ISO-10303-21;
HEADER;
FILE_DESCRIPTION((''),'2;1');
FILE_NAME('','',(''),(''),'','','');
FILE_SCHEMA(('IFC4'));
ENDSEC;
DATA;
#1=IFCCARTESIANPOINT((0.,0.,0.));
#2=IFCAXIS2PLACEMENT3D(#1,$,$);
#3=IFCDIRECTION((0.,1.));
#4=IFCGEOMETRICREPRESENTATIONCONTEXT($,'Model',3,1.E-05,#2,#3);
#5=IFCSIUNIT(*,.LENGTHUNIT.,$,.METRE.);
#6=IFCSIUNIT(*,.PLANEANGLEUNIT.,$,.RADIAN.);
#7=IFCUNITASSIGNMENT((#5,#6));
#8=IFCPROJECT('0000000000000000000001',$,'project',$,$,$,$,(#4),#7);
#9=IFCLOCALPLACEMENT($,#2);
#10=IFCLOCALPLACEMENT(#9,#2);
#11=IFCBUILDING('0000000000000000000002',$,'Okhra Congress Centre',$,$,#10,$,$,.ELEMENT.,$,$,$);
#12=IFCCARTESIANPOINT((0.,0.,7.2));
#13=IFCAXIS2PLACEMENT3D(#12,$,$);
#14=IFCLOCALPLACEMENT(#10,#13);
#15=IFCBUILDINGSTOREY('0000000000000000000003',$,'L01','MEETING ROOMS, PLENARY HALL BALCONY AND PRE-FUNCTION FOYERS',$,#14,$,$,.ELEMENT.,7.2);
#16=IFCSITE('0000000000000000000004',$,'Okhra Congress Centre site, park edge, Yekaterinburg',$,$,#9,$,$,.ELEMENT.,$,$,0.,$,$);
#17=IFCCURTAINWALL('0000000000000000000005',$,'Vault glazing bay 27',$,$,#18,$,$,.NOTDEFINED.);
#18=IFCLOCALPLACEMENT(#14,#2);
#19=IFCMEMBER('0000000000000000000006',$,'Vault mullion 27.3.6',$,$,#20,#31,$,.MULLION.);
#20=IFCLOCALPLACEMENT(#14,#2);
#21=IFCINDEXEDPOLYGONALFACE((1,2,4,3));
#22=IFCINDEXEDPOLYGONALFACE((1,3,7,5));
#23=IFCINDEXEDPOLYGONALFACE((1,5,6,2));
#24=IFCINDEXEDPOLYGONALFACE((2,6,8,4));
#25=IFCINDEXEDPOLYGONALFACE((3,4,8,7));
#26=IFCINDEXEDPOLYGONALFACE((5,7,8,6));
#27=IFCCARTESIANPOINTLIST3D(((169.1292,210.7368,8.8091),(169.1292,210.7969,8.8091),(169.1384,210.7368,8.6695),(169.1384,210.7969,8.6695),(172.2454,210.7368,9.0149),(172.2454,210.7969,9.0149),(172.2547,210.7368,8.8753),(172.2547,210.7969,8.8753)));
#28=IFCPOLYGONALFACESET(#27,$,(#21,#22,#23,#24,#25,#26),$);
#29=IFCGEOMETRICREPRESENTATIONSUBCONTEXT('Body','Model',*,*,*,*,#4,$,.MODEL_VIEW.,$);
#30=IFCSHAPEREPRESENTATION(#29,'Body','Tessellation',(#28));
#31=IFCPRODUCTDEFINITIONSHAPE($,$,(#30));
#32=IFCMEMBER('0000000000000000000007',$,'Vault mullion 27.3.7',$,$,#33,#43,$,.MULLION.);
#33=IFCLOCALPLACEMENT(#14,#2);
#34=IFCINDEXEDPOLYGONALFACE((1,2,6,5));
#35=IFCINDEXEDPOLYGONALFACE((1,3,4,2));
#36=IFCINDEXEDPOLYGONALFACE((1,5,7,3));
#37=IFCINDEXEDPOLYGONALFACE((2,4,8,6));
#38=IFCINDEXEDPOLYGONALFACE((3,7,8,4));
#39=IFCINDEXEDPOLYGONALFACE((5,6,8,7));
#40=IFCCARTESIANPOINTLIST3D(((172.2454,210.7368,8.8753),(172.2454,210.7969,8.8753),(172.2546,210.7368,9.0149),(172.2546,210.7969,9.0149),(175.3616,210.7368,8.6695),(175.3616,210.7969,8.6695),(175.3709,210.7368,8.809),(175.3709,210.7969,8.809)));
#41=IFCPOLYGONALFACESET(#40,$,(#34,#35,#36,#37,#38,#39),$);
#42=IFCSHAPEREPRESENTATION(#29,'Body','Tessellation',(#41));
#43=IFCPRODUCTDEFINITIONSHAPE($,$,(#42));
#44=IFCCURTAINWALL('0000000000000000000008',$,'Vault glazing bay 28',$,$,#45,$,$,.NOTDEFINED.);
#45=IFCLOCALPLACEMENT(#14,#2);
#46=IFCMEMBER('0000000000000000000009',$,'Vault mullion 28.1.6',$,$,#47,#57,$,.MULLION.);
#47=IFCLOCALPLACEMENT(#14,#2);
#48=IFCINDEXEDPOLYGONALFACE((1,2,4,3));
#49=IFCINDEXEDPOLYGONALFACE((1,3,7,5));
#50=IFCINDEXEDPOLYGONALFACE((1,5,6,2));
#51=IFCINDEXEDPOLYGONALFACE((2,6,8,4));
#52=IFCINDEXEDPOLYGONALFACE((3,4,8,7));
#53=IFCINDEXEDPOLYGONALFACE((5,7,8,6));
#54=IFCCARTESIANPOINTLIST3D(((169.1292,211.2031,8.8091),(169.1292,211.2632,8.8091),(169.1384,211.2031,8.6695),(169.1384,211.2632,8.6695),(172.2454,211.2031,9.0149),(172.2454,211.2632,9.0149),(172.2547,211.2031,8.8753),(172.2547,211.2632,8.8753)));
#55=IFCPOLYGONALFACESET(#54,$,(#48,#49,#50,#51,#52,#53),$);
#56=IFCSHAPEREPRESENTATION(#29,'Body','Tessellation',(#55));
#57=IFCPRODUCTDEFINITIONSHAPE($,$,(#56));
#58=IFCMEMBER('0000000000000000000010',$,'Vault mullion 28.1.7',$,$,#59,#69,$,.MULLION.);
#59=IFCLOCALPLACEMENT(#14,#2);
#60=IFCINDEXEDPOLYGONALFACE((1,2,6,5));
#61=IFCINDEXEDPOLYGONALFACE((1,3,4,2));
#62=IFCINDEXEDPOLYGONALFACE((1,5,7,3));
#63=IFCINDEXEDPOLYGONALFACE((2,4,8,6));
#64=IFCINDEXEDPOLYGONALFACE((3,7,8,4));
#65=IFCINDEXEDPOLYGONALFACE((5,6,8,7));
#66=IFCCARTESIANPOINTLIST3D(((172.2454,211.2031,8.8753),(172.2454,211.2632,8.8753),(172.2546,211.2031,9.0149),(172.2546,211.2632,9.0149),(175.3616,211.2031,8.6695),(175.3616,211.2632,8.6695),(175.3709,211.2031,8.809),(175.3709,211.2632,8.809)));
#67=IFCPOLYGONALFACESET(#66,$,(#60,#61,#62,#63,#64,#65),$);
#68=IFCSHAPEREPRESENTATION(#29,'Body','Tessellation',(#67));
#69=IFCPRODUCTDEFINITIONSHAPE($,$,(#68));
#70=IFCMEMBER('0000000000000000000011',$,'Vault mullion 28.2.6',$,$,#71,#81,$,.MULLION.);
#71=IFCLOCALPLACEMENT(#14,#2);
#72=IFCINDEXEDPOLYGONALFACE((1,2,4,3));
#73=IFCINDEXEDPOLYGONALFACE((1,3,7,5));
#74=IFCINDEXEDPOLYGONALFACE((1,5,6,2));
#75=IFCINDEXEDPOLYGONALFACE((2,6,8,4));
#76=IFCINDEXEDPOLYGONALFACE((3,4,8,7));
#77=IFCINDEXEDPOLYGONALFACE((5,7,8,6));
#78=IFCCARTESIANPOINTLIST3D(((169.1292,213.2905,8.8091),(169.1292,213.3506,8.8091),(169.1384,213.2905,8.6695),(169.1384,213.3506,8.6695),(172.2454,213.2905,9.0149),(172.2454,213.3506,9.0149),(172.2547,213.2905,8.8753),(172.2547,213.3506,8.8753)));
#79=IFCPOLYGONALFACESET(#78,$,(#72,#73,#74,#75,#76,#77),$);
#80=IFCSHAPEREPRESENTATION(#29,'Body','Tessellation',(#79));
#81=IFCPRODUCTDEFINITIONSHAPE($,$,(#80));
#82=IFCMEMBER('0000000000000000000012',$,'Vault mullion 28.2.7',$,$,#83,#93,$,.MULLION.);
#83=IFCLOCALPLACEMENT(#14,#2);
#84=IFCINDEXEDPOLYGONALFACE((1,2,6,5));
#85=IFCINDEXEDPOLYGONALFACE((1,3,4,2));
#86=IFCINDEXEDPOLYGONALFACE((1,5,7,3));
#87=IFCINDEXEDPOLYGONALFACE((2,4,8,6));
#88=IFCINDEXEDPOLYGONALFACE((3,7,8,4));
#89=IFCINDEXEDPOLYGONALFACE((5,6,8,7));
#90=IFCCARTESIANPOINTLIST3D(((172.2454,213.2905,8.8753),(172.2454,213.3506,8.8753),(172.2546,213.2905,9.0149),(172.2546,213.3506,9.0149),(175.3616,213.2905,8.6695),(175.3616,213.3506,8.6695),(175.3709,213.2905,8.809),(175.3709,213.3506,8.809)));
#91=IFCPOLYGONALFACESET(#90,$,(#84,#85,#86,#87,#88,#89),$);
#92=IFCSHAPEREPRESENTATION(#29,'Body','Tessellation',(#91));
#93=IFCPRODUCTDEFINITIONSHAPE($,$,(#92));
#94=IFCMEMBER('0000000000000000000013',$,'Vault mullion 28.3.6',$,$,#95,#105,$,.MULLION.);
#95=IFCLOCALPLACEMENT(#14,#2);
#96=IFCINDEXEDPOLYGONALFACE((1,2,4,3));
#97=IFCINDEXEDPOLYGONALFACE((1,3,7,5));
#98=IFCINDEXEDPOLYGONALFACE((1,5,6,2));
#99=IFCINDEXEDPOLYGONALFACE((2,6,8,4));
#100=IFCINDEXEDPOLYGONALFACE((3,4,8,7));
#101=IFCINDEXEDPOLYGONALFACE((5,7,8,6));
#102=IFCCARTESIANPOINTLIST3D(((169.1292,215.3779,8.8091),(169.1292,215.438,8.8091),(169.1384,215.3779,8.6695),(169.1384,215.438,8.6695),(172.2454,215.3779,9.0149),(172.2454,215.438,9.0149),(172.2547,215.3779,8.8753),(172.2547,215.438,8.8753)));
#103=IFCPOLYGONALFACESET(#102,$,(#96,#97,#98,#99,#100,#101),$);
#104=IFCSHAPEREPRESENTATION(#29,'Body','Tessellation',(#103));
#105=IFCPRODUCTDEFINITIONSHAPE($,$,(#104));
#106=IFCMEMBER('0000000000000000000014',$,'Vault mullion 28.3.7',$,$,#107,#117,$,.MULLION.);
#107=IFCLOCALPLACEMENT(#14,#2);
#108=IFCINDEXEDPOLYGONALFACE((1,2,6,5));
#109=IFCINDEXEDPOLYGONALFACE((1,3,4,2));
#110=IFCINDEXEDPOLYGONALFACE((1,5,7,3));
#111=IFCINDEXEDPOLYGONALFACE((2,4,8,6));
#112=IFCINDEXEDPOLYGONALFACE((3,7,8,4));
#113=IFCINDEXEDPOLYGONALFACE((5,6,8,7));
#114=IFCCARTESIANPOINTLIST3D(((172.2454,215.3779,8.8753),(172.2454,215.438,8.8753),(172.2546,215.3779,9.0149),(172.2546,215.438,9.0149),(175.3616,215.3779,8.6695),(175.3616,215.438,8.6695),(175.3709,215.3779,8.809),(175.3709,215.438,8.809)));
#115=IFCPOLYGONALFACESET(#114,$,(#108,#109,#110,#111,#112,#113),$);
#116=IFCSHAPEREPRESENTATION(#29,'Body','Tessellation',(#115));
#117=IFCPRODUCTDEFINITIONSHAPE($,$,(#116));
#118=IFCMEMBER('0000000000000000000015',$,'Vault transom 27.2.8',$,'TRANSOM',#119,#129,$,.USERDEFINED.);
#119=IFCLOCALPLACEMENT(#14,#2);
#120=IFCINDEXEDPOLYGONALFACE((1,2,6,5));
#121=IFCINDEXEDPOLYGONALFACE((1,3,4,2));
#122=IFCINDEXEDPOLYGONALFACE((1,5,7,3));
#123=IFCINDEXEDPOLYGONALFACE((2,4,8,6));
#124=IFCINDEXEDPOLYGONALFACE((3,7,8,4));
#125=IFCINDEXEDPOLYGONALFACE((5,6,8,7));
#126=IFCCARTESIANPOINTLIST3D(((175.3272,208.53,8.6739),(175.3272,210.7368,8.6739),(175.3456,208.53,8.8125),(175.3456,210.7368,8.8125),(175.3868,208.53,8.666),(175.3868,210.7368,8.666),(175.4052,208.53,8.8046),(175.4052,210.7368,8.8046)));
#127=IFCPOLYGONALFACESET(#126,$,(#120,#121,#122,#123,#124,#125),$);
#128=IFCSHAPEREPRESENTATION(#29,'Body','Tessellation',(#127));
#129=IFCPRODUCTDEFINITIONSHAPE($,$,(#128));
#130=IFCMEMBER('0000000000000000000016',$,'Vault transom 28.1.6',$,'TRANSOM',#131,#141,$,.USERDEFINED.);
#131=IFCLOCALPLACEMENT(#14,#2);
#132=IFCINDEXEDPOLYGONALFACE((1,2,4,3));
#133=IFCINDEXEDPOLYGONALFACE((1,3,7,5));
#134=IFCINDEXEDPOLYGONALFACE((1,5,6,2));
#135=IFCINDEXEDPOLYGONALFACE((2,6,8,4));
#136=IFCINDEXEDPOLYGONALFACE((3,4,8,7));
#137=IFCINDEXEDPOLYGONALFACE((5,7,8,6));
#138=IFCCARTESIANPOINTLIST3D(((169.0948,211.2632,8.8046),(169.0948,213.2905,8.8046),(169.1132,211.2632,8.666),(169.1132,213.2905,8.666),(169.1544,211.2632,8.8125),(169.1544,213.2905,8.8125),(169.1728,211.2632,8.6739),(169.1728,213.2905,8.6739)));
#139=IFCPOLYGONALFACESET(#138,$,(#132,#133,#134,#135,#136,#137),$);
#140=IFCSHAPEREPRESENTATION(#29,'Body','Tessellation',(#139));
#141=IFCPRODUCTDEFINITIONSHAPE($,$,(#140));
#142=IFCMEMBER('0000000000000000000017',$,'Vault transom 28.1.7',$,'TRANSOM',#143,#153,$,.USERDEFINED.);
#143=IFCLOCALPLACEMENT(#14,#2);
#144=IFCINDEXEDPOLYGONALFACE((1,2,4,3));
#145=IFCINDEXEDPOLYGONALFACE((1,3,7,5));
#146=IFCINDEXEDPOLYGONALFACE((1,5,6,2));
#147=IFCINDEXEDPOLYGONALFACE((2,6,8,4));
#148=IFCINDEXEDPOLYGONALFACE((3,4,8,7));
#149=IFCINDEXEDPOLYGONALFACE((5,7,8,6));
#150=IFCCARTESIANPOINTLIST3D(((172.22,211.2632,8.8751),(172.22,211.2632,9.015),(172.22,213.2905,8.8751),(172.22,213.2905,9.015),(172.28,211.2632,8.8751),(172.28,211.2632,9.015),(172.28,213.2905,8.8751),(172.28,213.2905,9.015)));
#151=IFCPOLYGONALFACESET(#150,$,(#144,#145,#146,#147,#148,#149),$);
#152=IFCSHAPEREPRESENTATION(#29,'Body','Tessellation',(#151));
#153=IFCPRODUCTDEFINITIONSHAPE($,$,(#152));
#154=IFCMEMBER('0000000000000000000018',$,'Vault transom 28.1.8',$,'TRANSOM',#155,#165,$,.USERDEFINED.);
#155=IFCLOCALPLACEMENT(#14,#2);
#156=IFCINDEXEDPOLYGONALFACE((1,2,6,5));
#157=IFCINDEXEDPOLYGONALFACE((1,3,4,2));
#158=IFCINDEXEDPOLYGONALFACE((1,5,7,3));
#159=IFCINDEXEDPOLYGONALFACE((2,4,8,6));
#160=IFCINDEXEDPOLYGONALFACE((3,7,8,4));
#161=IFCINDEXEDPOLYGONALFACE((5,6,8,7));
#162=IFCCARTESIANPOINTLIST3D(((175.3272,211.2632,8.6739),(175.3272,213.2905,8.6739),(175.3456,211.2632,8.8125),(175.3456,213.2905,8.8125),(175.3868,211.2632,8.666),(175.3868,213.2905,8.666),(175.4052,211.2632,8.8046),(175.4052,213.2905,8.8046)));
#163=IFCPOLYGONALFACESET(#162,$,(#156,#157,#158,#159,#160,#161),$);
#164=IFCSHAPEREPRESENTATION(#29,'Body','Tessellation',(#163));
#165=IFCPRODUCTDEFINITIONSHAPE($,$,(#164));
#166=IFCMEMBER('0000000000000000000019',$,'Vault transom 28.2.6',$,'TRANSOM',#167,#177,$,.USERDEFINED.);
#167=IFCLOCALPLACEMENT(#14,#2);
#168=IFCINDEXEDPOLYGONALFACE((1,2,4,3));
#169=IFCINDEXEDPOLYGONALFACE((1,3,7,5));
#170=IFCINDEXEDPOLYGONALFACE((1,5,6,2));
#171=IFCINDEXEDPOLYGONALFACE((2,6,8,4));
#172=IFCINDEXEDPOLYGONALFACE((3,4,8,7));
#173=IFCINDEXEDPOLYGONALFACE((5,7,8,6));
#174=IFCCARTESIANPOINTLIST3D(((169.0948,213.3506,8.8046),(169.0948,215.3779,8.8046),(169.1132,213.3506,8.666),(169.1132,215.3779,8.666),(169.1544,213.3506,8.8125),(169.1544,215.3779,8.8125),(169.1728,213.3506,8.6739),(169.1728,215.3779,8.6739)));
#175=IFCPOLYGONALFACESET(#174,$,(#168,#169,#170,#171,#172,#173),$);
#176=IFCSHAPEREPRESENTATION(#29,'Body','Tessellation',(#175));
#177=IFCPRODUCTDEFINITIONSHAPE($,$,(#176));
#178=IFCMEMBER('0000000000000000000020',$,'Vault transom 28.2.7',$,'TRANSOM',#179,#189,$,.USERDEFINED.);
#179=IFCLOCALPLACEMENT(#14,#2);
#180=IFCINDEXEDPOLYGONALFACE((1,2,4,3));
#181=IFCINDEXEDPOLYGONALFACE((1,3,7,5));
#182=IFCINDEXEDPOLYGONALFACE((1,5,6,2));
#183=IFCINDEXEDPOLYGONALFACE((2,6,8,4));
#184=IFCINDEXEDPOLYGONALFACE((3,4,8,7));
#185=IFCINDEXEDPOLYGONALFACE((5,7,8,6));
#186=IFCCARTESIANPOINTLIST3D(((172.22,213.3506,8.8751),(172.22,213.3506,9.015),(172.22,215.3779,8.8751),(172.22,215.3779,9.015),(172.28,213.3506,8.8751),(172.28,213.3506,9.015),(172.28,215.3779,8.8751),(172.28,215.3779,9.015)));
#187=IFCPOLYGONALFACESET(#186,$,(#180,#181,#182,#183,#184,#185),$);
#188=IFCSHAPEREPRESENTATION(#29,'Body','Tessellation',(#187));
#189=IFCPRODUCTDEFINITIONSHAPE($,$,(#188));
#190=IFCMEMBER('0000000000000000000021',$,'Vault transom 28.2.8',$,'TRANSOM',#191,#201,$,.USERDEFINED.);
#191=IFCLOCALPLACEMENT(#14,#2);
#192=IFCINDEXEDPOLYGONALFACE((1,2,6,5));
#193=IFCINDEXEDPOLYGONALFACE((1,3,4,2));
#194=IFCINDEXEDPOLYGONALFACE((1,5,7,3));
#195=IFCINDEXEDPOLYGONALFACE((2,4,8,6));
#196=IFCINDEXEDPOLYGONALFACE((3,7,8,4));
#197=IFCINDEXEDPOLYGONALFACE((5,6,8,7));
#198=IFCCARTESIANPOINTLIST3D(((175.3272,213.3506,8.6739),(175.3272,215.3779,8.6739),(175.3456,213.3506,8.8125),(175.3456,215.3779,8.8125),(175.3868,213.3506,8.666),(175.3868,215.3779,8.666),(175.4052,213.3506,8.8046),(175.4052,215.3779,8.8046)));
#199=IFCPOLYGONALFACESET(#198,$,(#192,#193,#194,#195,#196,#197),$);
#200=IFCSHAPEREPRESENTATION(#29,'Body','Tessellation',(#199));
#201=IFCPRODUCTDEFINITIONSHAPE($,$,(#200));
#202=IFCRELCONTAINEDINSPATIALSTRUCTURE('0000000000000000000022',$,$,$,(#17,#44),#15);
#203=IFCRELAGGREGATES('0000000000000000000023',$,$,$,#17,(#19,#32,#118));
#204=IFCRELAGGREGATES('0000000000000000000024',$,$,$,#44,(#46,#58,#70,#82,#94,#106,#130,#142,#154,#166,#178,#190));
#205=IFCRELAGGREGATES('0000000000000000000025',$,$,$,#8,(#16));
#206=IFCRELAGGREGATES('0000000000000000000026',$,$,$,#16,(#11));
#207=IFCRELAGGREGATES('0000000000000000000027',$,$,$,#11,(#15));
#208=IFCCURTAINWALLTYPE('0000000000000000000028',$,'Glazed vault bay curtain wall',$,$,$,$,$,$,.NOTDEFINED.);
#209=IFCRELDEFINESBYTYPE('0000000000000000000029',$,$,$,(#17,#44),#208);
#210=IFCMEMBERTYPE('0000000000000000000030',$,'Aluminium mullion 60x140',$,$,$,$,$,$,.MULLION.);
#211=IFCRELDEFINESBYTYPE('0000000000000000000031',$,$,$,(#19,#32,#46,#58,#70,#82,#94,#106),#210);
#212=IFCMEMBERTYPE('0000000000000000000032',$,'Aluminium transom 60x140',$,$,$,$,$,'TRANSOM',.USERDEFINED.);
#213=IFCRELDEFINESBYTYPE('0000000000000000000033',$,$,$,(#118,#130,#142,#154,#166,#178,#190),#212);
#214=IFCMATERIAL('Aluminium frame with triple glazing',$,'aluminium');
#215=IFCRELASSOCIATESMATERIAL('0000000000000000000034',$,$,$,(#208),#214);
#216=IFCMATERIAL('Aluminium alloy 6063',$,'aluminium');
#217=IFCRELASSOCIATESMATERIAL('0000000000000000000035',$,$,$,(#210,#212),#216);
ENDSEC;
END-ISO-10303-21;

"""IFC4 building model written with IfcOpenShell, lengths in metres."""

from ifc_helpers import new_model, si_unit, direction, frame, origin, origin_2d, place, context, subcontext, project, spatial, rectangle, extrude, material, material_profile, profile_set, type_object, element, aggregate, save


model = new_model("IFC4")

# Units and contexts
model_context = context("Model", 3, precision=1e-05, world=origin(), true_north=direction((0.0, 1.0)))
body_context = subcontext(model_context, "Body", "Model", "MODEL_VIEW")
ifc_project = project(units=[si_unit("LENGTHUNIT", "METRE"), si_unit("PLANEANGLEUNIT", "RADIAN")], contexts=[model_context])

# Site, building, storey
site_placement = place(None, origin())
site = spatial("IfcSite", under=ifc_project, at=site_placement, Name="Okhra Congress Centre site, park edge, Yekaterinburg", CompositionType="ELEMENT", RefElevation=0.0)
building_placement = place(site_placement, origin())
building = spatial("IfcBuilding", under=site, at=building_placement, Name="Okhra Congress Centre", CompositionType="ELEMENT")
storey_placement = place(building_placement, frame((0.0, 0.0, 7.2)))
storey = spatial("IfcBuildingStorey", under=building, at=storey_placement, Name="L01", Description="MEETING ROOMS, PLENARY HALL BALCONY AND PRE-FUNCTION FOYERS", CompositionType="ELEMENT", Elevation=7.2)

# Curtain walls, members
ifc_material_1 = material(Name="Aluminium frame with triple glazing", Category="aluminium")
curtain_wall_type = type_object("IfcCurtainWallType", Name="Glazed vault bay curtain wall", PredefinedType="NOTDEFINED", material=ifc_material_1)
curtain_wall_1_placement = place(storey_placement, origin())
curtain_wall_1 = element("IfcCurtainWall", 1, at=curtain_wall_1_placement, inside=storey, type_object=curtain_wall_type, Name="Vault glazing bay 27", PredefinedType="NOTDEFINED")
ifc_material_2 = material(Name="Aluminium alloy 6063", Category="aluminium")
ifc_material_profile_1 = material_profile(ifc_material_2, rectangle(XDim=0.0601, YDim=0.1399, at=origin_2d()), Name="AL 60x140")
ifc_profile_set_1 = profile_set([ifc_material_profile_1], Name="Aluminium alloy 6063")
member_type_1 = type_object("IfcMemberType", Name="Aluminium mullion 60x140", PredefinedType="MULLION", material=ifc_profile_set_1)
member_1_placement = place(storey_placement, frame((169.1338, 210.7668, 8.7393), z_axis=(0.997826, 0.0, 0.065902), x_axis=(0.0, 1.0, 0.0)))
member_1 = element("IfcMember", 2, at=member_1_placement, type_object=member_type_1, Name="Vault mullion 27.3.6", PredefinedType="MULLION", context=body_context, shape_type="SweptSolid", body=[
    extrude(rectangle(XDim=0.0601, YDim=0.1399, at=origin_2d()), origin(), (0.0, 0.0, 1.0), 3.123),
])
member_2_placement = place(storey_placement, frame((172.25, 210.7668, 8.9451), z_axis=(0.997826, 0.0, -0.065902), x_axis=(0.0, 1.0, 0.0)))
member_2 = element("IfcMember", 3, at=member_2_placement, type_object=member_type_1, Name="Vault mullion 27.3.7", PredefinedType="MULLION", context=body_context, shape_type="SweptSolid", body=[
    extrude(rectangle(XDim=0.0601, YDim=0.1399, at=origin_2d()), origin(), (0.0, 0.0, 1.0), 3.123),
])
curtain_wall_2_placement = place(storey_placement, origin())
curtain_wall_2 = element("IfcCurtainWall", 4, at=curtain_wall_2_placement, inside=storey, type_object=curtain_wall_type, Name="Vault glazing bay 28", PredefinedType="NOTDEFINED")
member_3_placement = place(storey_placement, frame((169.1338, 211.2332, 8.7393), z_axis=(0.997826, 0.0, 0.065902), x_axis=(0.0, 1.0, 0.0)))
member_3 = element("IfcMember", 5, at=member_3_placement, type_object=member_type_1, Name="Vault mullion 28.1.6", PredefinedType="MULLION", context=body_context, shape_type="SweptSolid", body=[
    extrude(rectangle(XDim=0.0601, YDim=0.1399, at=origin_2d()), origin(), (0.0, 0.0, 1.0), 3.123),
])
member_4_placement = place(storey_placement, frame((172.25, 211.2332, 8.9451), z_axis=(0.997826, 0.0, -0.065902), x_axis=(0.0, 1.0, 0.0)))
member_4 = element("IfcMember", 6, at=member_4_placement, type_object=member_type_1, Name="Vault mullion 28.1.7", PredefinedType="MULLION", context=body_context, shape_type="SweptSolid", body=[
    extrude(rectangle(XDim=0.0601, YDim=0.1399, at=origin_2d()), origin(), (0.0, 0.0, 1.0), 3.123),
])
member_5_placement = place(storey_placement, frame((169.1338, 213.3206, 8.7393), z_axis=(0.997826, 0.0, 0.065902), x_axis=(0.0, 1.0, 0.0)))
member_5 = element("IfcMember", 7, at=member_5_placement, type_object=member_type_1, Name="Vault mullion 28.2.6", PredefinedType="MULLION", context=body_context, shape_type="SweptSolid", body=[
    extrude(rectangle(XDim=0.0601, YDim=0.1399, at=origin_2d()), origin(), (0.0, 0.0, 1.0), 3.123),
])
member_6_placement = place(storey_placement, frame((172.25, 213.3206, 8.9451), z_axis=(0.997826, 0.0, -0.065902), x_axis=(0.0, 1.0, 0.0)))
member_6 = element("IfcMember", 8, at=member_6_placement, type_object=member_type_1, Name="Vault mullion 28.2.7", PredefinedType="MULLION", context=body_context, shape_type="SweptSolid", body=[
    extrude(rectangle(XDim=0.0601, YDim=0.1399, at=origin_2d()), origin(), (0.0, 0.0, 1.0), 3.123),
])
member_7_placement = place(storey_placement, frame((169.1338, 215.408, 8.7393), z_axis=(0.997826, 0.0, 0.065902), x_axis=(0.0, 1.0, 0.0)))
member_7 = element("IfcMember", 9, at=member_7_placement, type_object=member_type_1, Name="Vault mullion 28.3.6", PredefinedType="MULLION", context=body_context, shape_type="SweptSolid", body=[
    extrude(rectangle(XDim=0.0601, YDim=0.1399, at=origin_2d()), origin(), (0.0, 0.0, 1.0), 3.123),
])
member_8_placement = place(storey_placement, frame((172.25, 215.408, 8.9451), z_axis=(0.997826, 0.0, -0.065902), x_axis=(0.0, 1.0, 0.0)))
member_8 = element("IfcMember", 10, at=member_8_placement, type_object=member_type_1, Name="Vault mullion 28.3.7", PredefinedType="MULLION", context=body_context, shape_type="SweptSolid", body=[
    extrude(rectangle(XDim=0.0601, YDim=0.1399, at=origin_2d()), origin(), (0.0, 0.0, 1.0), 3.123),
])

# Members
ifc_material_profile_2 = material_profile(ifc_material_2, rectangle(XDim=0.0601, YDim=0.1399, at=origin_2d()), Name="AL 60x140 transom")
ifc_profile_set_2 = profile_set([ifc_material_profile_2], Name="Aluminium alloy 6063")
member_type_2 = type_object("IfcMemberType", Name="Aluminium transom 60x140", ElementType="TRANSOM", PredefinedType="USERDEFINED", material=ifc_profile_set_2)
member_9_placement = place(storey_placement, frame((175.3662, 208.53, 8.7393), z_axis=(0.0, 1.0, 0.0), x_axis=(-0.991307, 0.0, 0.131568)))
member_9 = element("IfcMember", 11, at=member_9_placement, type_object=member_type_2, Name="Vault transom 27.2.8", ObjectType="TRANSOM", PredefinedType="USERDEFINED", context=body_context, shape_type="SweptSolid", body=[
    extrude(rectangle(XDim=0.0601, YDim=0.1399, at=origin_2d()), origin(), (0.0, 0.0, 1.0), 2.2068),
])
aggregate(curtain_wall_1, [member_1, member_2, member_9])
member_10_placement = place(storey_placement, frame((169.1338, 211.2632, 8.7393), z_axis=(0.0, 1.0, 0.0), x_axis=(-0.991307, 0.0, -0.131568)))
member_10 = element("IfcMember", 12, at=member_10_placement, type_object=member_type_2, Name="Vault transom 28.1.6", ObjectType="TRANSOM", PredefinedType="USERDEFINED", context=body_context, shape_type="SweptSolid", body=[
    extrude(rectangle(XDim=0.0601, YDim=0.1399, at=origin_2d()), origin(), (0.0, 0.0, 1.0), 2.0273),
])
member_11_placement = place(storey_placement, frame((172.25, 211.2632, 8.9451), z_axis=(0.0, 1.0, 0.0), x_axis=(-1.0, 0.0, 0.0)))
member_11 = element("IfcMember", 13, at=member_11_placement, type_object=member_type_2, Name="Vault transom 28.1.7", ObjectType="TRANSOM", PredefinedType="USERDEFINED", context=body_context, shape_type="SweptSolid", body=[
    extrude(rectangle(XDim=0.0601, YDim=0.1399, at=origin_2d()), origin(), (0.0, 0.0, 1.0), 2.0273),
])
member_12_placement = place(storey_placement, frame((175.3662, 211.2632, 8.7393), z_axis=(0.0, 1.0, 0.0), x_axis=(-0.991307, 0.0, 0.131568)))
member_12 = element("IfcMember", 14, at=member_12_placement, type_object=member_type_2, Name="Vault transom 28.1.8", ObjectType="TRANSOM", PredefinedType="USERDEFINED", context=body_context, shape_type="SweptSolid", body=[
    extrude(rectangle(XDim=0.0601, YDim=0.1399, at=origin_2d()), origin(), (0.0, 0.0, 1.0), 2.0273),
])
member_13_placement = place(storey_placement, frame((169.1338, 213.3506, 8.7393), z_axis=(0.0, 1.0, 0.0), x_axis=(-0.991307, 0.0, -0.131568)))
member_13 = element("IfcMember", 15, at=member_13_placement, type_object=member_type_2, Name="Vault transom 28.2.6", ObjectType="TRANSOM", PredefinedType="USERDEFINED", context=body_context, shape_type="SweptSolid", body=[
    extrude(rectangle(XDim=0.0601, YDim=0.1399, at=origin_2d()), origin(), (0.0, 0.0, 1.0), 2.0273),
])
member_14_placement = place(storey_placement, frame((172.25, 213.3506, 8.9451), z_axis=(0.0, 1.0, 0.0), x_axis=(-1.0, 0.0, 0.0)))
member_14 = element("IfcMember", 16, at=member_14_placement, type_object=member_type_2, Name="Vault transom 28.2.7", ObjectType="TRANSOM", PredefinedType="USERDEFINED", context=body_context, shape_type="SweptSolid", body=[
    extrude(rectangle(XDim=0.0601, YDim=0.1399, at=origin_2d()), origin(), (0.0, 0.0, 1.0), 2.0273),
])
member_15_placement = place(storey_placement, frame((175.3662, 213.3506, 8.7393), z_axis=(0.0, 1.0, 0.0), x_axis=(-0.991307, 0.0, 0.131568)))
member_15 = element("IfcMember", 17, at=member_15_placement, type_object=member_type_2, Name="Vault transom 28.2.8", ObjectType="TRANSOM", PredefinedType="USERDEFINED", context=body_context, shape_type="SweptSolid", body=[
    extrude(rectangle(XDim=0.0601, YDim=0.1399, at=origin_2d()), origin(), (0.0, 0.0, 1.0), 2.0273),
])

aggregate(curtain_wall_2, [member_3, member_4, member_5, member_6, member_7, member_8, member_10, member_11, member_12, member_13, member_14, member_15])

save(model, "model.ifc")
